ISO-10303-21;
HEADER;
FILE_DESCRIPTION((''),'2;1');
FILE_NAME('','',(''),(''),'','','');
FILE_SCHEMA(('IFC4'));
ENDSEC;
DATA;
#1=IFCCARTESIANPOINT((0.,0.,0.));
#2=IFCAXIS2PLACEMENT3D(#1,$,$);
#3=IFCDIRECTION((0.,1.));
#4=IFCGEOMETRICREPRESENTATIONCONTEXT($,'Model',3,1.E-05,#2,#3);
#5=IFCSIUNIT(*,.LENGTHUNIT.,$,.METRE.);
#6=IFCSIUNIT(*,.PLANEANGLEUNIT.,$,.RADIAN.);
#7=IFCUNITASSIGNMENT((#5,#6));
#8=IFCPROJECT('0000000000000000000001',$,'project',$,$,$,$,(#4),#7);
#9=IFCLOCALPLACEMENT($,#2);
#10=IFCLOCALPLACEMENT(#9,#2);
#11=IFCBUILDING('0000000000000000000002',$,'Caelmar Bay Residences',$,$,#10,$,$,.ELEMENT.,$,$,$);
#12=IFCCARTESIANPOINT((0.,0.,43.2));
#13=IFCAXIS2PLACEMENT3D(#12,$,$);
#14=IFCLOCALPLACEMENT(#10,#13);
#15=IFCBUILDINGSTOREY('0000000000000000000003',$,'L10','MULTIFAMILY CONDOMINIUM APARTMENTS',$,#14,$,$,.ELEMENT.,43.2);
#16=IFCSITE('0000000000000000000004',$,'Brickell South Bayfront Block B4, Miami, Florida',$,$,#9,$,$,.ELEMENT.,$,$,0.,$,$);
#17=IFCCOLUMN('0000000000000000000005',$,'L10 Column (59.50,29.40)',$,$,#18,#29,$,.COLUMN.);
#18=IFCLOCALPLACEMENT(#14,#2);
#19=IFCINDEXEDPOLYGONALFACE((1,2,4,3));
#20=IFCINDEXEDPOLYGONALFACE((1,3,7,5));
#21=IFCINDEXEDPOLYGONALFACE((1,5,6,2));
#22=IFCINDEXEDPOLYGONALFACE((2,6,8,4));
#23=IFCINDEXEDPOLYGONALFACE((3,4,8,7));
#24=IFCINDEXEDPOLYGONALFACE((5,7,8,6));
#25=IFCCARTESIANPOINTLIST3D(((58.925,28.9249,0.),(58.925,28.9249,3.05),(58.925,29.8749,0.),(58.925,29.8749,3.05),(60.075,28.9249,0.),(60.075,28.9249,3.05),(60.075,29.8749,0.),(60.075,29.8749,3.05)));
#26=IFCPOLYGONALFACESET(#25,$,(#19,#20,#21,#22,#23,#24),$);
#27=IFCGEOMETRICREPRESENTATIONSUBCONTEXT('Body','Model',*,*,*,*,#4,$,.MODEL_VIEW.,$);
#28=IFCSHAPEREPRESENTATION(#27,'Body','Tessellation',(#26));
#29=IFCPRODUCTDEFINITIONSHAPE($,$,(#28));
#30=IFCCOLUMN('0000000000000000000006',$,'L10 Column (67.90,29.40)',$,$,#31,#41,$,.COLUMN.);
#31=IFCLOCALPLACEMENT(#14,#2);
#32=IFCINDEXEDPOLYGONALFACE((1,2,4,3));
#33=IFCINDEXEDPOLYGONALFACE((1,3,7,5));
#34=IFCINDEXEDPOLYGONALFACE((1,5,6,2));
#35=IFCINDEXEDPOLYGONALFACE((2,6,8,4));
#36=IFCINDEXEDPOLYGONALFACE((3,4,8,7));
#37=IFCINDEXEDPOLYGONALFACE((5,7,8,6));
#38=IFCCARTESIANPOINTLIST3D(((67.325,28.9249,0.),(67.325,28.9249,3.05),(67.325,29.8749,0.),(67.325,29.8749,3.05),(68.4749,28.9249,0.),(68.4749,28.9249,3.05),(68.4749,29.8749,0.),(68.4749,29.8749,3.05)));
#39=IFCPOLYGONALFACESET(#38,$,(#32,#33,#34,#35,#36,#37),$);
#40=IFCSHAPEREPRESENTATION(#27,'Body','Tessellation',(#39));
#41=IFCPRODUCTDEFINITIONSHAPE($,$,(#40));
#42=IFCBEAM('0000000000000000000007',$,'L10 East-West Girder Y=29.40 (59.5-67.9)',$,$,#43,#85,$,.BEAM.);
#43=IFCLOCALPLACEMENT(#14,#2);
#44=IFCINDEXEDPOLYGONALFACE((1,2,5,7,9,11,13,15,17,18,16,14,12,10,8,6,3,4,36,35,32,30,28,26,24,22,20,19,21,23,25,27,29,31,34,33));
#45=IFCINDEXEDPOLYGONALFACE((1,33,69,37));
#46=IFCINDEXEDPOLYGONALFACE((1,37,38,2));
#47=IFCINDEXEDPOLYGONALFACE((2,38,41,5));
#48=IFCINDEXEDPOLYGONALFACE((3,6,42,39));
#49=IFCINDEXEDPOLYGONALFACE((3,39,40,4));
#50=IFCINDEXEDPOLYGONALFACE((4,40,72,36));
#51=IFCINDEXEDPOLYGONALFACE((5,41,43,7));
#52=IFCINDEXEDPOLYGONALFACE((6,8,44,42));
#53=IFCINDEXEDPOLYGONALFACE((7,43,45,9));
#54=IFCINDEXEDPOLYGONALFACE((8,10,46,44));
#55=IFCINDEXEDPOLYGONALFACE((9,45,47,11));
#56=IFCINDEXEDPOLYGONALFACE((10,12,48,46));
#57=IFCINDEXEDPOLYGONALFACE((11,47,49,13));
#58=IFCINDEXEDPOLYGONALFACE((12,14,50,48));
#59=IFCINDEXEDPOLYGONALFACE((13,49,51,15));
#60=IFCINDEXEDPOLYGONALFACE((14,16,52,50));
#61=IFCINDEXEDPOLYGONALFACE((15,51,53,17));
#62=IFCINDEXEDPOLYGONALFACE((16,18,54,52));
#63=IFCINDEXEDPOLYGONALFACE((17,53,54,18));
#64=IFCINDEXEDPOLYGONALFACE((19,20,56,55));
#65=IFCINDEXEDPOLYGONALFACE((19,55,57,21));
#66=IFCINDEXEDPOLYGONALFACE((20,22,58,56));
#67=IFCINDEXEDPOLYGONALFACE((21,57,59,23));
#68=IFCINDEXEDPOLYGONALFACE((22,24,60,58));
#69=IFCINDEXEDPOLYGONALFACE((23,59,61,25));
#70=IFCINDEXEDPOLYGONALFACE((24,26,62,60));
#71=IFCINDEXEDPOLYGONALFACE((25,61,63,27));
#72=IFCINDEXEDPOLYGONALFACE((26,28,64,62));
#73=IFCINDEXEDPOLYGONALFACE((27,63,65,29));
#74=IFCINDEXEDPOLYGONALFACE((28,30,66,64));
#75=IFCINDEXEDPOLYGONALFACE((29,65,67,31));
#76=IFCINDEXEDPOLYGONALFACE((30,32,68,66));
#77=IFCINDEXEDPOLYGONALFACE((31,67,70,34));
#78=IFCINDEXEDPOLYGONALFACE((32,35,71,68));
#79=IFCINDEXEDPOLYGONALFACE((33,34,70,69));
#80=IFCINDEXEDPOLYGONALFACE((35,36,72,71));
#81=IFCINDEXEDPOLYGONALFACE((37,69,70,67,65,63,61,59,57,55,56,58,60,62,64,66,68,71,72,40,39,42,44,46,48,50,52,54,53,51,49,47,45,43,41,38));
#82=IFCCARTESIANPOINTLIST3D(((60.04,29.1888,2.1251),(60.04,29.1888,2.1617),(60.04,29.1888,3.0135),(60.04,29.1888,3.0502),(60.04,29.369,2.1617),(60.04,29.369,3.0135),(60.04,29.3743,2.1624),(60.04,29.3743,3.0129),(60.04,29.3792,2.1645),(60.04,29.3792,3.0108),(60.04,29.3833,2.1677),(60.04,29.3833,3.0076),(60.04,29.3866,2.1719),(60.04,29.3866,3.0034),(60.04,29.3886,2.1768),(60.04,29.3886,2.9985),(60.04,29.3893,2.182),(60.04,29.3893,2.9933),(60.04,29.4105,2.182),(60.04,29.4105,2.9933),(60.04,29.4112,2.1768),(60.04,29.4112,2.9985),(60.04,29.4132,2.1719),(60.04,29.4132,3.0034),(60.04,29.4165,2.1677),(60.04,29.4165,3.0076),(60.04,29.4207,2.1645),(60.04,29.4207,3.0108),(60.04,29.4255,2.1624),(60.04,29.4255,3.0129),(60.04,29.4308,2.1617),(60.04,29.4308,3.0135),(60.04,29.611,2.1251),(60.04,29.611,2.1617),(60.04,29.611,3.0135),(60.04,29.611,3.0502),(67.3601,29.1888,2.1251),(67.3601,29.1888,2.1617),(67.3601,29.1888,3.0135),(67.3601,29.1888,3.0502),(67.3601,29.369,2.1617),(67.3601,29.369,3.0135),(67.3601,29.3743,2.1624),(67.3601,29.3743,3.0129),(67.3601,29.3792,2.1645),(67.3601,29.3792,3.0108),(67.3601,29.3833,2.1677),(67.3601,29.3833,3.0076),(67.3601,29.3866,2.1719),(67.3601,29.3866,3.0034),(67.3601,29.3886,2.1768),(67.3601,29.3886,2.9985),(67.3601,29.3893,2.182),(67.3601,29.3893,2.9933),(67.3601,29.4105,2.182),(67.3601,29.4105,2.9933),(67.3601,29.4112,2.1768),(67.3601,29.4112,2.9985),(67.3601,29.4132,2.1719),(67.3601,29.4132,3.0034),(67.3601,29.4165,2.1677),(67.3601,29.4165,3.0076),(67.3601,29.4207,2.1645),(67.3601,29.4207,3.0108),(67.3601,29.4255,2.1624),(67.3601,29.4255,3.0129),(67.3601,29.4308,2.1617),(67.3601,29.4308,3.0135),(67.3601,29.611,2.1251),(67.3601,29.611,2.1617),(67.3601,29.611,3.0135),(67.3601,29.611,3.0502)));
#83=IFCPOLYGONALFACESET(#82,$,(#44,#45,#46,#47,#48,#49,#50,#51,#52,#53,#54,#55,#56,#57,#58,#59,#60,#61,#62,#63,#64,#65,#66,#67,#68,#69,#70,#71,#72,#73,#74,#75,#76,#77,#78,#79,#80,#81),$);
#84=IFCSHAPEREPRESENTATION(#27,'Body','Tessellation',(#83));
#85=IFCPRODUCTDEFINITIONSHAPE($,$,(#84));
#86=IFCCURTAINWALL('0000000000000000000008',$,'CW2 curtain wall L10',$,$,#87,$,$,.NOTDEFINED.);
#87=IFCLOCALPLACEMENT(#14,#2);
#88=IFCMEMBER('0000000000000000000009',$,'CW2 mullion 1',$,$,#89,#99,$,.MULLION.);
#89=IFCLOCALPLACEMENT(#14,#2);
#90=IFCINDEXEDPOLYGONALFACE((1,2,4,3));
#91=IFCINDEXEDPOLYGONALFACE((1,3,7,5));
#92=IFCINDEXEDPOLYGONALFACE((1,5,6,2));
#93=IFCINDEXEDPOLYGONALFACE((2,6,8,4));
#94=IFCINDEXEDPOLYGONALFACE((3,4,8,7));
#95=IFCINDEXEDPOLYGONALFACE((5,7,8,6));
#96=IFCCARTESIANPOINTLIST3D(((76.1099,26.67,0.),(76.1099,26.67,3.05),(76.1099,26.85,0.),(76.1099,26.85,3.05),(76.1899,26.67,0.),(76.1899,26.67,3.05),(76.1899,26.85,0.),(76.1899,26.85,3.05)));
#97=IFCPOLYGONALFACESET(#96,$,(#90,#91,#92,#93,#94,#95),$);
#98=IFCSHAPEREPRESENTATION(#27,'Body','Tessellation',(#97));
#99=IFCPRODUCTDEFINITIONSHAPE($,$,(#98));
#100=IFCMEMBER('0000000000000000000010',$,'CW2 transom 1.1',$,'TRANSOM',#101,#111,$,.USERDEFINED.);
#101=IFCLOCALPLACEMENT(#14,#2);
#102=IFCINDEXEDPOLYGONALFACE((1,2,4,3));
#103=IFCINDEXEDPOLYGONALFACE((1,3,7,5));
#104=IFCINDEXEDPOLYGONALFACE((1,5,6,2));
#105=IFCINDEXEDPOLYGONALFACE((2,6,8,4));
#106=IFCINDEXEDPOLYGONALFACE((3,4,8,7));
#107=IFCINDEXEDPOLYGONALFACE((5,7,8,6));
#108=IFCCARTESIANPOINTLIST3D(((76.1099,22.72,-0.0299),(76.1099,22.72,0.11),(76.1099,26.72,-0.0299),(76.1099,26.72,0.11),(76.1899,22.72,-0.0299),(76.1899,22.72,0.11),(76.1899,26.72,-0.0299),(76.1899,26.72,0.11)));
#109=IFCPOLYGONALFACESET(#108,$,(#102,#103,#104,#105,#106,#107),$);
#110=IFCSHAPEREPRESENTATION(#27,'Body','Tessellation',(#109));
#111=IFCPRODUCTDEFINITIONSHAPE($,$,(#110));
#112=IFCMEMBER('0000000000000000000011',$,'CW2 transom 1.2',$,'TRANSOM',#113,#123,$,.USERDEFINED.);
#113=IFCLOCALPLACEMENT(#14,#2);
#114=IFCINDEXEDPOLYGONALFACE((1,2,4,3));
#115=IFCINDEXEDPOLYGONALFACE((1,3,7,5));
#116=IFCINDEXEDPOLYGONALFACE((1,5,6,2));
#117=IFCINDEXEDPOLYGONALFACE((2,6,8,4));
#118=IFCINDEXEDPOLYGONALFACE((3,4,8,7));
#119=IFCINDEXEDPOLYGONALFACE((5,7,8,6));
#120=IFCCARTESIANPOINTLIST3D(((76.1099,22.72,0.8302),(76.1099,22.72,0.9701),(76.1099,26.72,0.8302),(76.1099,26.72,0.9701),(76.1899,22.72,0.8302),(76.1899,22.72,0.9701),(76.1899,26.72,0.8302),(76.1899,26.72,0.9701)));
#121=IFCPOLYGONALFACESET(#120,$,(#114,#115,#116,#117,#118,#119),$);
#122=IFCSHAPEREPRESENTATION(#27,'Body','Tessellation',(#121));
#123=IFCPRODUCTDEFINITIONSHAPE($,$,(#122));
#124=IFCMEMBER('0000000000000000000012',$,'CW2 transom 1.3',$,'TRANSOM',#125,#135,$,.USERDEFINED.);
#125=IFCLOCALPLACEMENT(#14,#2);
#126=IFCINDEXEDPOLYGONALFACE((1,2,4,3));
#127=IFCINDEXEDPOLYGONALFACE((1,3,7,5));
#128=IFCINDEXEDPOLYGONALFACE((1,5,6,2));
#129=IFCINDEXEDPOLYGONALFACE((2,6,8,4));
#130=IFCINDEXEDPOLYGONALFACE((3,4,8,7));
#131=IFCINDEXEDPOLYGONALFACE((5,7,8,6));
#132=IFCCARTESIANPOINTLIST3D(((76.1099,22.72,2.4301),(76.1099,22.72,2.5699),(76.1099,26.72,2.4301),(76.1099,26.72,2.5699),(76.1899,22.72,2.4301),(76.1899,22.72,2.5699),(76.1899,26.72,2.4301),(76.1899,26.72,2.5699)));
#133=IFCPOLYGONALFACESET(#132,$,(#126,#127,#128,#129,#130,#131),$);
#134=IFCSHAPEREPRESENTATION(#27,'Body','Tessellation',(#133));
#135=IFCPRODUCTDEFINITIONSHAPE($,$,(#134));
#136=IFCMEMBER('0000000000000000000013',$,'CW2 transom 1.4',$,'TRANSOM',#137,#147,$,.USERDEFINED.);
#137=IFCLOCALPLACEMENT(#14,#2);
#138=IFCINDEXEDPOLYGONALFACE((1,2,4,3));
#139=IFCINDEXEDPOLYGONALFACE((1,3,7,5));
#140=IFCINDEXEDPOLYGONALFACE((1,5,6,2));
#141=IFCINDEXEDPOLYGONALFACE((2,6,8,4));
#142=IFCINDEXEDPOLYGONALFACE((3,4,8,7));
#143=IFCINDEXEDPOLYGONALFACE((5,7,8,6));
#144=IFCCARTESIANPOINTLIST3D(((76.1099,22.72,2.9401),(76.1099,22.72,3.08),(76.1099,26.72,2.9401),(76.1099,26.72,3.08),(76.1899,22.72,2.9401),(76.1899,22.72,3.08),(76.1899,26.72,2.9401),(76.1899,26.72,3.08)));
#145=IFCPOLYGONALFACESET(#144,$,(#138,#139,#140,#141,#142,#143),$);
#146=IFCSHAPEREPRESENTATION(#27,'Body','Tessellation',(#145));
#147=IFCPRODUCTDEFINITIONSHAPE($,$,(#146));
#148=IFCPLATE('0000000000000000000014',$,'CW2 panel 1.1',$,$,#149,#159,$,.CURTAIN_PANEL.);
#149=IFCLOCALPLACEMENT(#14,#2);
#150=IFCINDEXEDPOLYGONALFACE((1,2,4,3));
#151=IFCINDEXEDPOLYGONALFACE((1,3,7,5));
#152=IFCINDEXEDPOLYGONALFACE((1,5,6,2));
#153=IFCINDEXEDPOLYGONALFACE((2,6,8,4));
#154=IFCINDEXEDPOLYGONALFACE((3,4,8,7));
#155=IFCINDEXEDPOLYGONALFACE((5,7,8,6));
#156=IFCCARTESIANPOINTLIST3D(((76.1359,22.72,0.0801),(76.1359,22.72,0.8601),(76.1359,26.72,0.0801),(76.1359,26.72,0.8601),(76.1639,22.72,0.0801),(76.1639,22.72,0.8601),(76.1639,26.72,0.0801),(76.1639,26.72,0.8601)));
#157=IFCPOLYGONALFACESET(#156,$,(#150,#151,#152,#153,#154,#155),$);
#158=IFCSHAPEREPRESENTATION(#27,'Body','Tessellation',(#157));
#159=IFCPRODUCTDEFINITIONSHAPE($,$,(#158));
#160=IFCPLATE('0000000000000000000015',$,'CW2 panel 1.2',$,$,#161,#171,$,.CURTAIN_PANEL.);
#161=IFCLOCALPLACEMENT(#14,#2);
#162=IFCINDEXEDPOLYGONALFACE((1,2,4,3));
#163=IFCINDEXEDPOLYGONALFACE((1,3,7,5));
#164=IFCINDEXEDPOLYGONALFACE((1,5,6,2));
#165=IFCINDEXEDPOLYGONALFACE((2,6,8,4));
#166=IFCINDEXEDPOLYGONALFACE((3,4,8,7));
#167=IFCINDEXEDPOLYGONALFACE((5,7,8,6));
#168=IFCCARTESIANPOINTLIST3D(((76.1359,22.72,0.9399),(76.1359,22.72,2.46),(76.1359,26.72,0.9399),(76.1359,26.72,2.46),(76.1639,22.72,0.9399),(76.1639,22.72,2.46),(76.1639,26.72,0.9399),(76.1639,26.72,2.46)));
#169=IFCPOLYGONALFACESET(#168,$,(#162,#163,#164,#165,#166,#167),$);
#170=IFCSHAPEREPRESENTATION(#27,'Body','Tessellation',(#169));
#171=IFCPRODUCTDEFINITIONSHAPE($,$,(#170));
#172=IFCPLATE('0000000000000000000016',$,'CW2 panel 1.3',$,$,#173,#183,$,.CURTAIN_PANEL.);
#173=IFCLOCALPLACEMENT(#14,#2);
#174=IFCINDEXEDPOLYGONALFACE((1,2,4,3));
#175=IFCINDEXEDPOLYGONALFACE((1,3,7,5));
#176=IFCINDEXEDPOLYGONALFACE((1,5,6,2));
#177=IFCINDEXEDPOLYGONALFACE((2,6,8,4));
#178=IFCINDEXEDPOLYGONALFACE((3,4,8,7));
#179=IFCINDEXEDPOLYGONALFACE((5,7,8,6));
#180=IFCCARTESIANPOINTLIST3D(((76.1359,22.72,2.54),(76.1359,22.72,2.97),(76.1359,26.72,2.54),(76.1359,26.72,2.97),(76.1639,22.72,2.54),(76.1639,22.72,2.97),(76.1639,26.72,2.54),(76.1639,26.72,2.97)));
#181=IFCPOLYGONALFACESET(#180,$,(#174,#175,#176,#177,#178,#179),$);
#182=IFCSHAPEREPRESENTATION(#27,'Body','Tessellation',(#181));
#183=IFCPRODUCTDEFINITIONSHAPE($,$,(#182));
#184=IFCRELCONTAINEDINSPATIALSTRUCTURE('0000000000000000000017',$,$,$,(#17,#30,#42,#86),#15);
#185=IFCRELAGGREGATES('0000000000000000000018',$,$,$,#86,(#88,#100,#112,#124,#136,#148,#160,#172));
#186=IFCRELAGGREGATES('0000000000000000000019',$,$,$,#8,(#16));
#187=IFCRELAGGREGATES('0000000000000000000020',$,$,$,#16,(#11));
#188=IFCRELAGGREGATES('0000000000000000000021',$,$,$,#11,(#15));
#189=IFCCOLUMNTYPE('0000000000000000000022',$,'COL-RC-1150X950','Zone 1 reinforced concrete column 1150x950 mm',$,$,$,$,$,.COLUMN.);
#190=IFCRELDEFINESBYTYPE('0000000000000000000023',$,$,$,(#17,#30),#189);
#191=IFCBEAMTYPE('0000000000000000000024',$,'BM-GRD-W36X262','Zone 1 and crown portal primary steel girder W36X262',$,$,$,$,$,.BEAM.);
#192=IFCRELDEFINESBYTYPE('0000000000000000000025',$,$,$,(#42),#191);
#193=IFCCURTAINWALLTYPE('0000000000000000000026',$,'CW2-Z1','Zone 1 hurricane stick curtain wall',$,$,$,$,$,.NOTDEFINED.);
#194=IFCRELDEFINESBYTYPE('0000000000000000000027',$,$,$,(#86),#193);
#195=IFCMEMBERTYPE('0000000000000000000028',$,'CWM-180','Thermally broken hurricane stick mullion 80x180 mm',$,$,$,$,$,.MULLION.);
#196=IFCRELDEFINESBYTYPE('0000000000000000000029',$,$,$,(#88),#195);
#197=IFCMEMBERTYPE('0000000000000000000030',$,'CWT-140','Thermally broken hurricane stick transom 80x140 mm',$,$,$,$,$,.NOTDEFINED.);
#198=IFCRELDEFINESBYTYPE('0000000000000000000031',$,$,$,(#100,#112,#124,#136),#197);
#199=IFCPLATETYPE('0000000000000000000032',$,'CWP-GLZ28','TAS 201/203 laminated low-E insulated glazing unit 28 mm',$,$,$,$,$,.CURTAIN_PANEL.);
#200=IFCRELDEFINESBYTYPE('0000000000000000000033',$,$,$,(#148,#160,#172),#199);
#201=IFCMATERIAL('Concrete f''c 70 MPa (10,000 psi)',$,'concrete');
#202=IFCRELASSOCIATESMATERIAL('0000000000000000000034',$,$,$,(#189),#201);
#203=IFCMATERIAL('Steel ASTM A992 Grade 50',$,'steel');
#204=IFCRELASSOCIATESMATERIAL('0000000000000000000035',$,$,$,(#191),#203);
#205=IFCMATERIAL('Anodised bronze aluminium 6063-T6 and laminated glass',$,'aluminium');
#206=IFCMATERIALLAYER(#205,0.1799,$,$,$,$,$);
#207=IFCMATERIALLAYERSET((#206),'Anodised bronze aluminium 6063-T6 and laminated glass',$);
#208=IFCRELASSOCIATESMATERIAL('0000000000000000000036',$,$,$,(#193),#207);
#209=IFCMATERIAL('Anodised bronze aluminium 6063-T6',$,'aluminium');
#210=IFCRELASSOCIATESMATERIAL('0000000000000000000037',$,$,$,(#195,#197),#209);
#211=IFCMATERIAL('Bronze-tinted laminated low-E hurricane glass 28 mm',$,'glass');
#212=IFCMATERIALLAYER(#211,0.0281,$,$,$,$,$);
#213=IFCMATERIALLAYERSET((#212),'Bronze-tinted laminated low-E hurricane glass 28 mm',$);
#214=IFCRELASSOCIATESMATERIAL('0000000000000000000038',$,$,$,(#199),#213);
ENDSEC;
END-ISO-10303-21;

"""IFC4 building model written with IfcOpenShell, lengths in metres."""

from ifc_helpers import new_model, si_unit, direction, frame, origin, origin_2d, place, context, subcontext, project, spatial, rectangle, i_section, extrude, material, layer, layer_set, material_profile, profile_set, type_object, element, aggregate, save


model = new_model("IFC4")

# Units and contexts
model_context = context("Model", 3, precision=1e-05, world=origin(), true_north=direction((0.0, 1.0)))
body_context = subcontext(model_context, "Body", "Model", "MODEL_VIEW")
ifc_project = project(units=[si_unit("LENGTHUNIT", "METRE"), si_unit("PLANEANGLEUNIT", "RADIAN")], contexts=[model_context])

# Site, building, storey
site_placement = place(None, origin())
site = spatial("IfcSite", under=ifc_project, at=site_placement, Name="Brickell South Bayfront Block B4, Miami, Florida", CompositionType="ELEMENT", RefElevation=0.0)
building_placement = place(site_placement, origin())
building = spatial("IfcBuilding", under=site, at=building_placement, Name="Caelmar Bay Residences", CompositionType="ELEMENT")
storey_placement = place(building_placement, frame((0.0, 0.0, 43.2)))
storey = spatial("IfcBuildingStorey", under=building, at=storey_placement, Name="L10", Description="MULTIFAMILY CONDOMINIUM APARTMENTS", CompositionType="ELEMENT", Elevation=43.2)

# Columns
ifc_material_1 = material(Name="Concrete f'c 70 MPa (10,000 psi)", Category="concrete")
ifc_material_profile_1 = material_profile(ifc_material_1, rectangle(XDim=1.1499, YDim=0.95, at=origin_2d()), Name="RC-COL-1150X950")
ifc_profile_set_1 = profile_set([ifc_material_profile_1], Name="Concrete f'c 70 MPa (10,000 psi)")
column_type = type_object("IfcColumnType", Name="COL-RC-1150X950", Description="Zone 1 reinforced concrete column 1150x950 mm", PredefinedType="COLUMN", material=ifc_profile_set_1)
for number, where, z_axis, x_axis, name in (
    (1, (59.5, 29.3999, 0.0), (0.0, 0.0, 1.0), (1.0, 0.0, 0.0), "L10 Column (59.50,29.40)"),
    (2, (67.8999, 29.3999, 0.0), (0.0, 0.0, 1.0), (1.0, 0.0, 0.0), "L10 Column (67.90,29.40)"),
):
    element("IfcColumn", number, at=place(storey_placement, frame(where, z_axis=z_axis, x_axis=x_axis)), inside=storey, type_object=column_type, Name=name, PredefinedType="COLUMN", context=body_context, shape_type="SweptSolid", body=[
        extrude(rectangle(XDim=1.1499, YDim=0.95, at=origin_2d()), origin(), (0.0, 0.0, 1.0), 3.05),
    ])

# Beam
ifc_material_2 = material(Name="Steel ASTM A992 Grade 50", Category="steel")
ifc_material_profile_2 = material_profile(ifc_material_2, i_section(OverallWidth=0.4221, OverallDepth=0.925, WebThickness=0.0212, FlangeThickness=0.0366, FilletRadius=0.0203, at=origin_2d()), Name="W36X262")
ifc_profile_set_2 = profile_set([ifc_material_profile_2], Name="Steel ASTM A992 Grade 50")
beam_type = type_object("IfcBeamType", Name="BM-GRD-W36X262", Description="Zone 1 and crown portal primary steel girder W36X262", PredefinedType="BEAM", material=ifc_profile_set_2)
beam_placement = place(storey_placement, frame((60.04, 29.3999, 2.5876), z_axis=(1.0, 0.0, 0.0), x_axis=(0.0, 1.0, 0.0)))
element("IfcBeam", 3, at=beam_placement, inside=storey, type_object=beam_type, Name="L10 East-West Girder Y=29.40 (59.5-67.9)", PredefinedType="BEAM", context=body_context, shape_type="SweptSolid", body=[
    extrude(i_section(OverallWidth=0.4221, OverallDepth=0.925, WebThickness=0.0212, FlangeThickness=0.0366, FilletRadius=0.0203, at=origin_2d()), origin(), (0.0, 0.0, 1.0), 7.3201),
])

# Curtain wall, members, plates
ifc_material_3 = material(Name="Anodised bronze aluminium 6063-T6 and laminated glass", Category="aluminium")
ifc_layer_1 = layer(ifc_material_3, 0.1799)
ifc_layer_set_1 = layer_set([ifc_layer_1], Name="Anodised bronze aluminium 6063-T6 and laminated glass")
curtain_wall_type = type_object("IfcCurtainWallType", Name="CW2-Z1", Description="Zone 1 hurricane stick curtain wall", PredefinedType="NOTDEFINED", material=ifc_layer_set_1)
curtain_wall_placement = place(storey_placement, origin())
curtain_wall = element("IfcCurtainWall", 4, at=curtain_wall_placement, inside=storey, type_object=curtain_wall_type, Name="CW2 curtain wall L10", PredefinedType="NOTDEFINED")
ifc_material_4 = material(Name="Anodised bronze aluminium 6063-T6", Category="aluminium")
ifc_material_profile_3 = material_profile(ifc_material_4, rectangle(XDim=0.0801, YDim=0.1799, at=origin_2d()), Name="CWM-80X180")
ifc_profile_set_3 = profile_set([ifc_material_profile_3], Name="Anodised bronze aluminium 6063-T6")
member_type_1 = type_object("IfcMemberType", Name="CWM-180", Description="Thermally broken hurricane stick mullion 80x180 mm", PredefinedType="MULLION", material=ifc_profile_set_3)
member_1_placement = place(storey_placement, frame((76.1499, 26.76, 0.0), z_axis=(0.0, 0.0, 1.0), x_axis=(1.0, 0.0, 0.0)))
member_1 = element("IfcMember", 5, at=member_1_placement, type_object=member_type_1, Name="CW2 mullion 1", PredefinedType="MULLION", context=body_context, shape_type="SweptSolid", body=[
    extrude(rectangle(XDim=0.0801, YDim=0.1799, at=origin_2d()), origin(), (0.0, 0.0, 1.0), 3.05),
])
ifc_material_profile_4 = material_profile(ifc_material_4, rectangle(XDim=0.0801, YDim=0.1399, at=origin_2d()), Name="CWT-80X140")
ifc_profile_set_4 = profile_set([ifc_material_profile_4], Name="Anodised bronze aluminium 6063-T6")
member_type_2 = type_object("IfcMemberType", Name="CWT-140", Description="Thermally broken hurricane stick transom 80x140 mm", PredefinedType="NOTDEFINED", material=ifc_profile_set_4)
member_2_placement = place(storey_placement, frame((76.1499, 26.72, 0.04), z_axis=(0.0, -1.0, 0.0), x_axis=(1.0, 0.0, 0.0)))
member_2 = element("IfcMember", 6, at=member_2_placement, type_object=member_type_2, Name="CW2 transom 1.1", ObjectType="TRANSOM", PredefinedType="USERDEFINED", context=body_context, shape_type="SweptSolid", body=[
    extrude(rectangle(XDim=0.0801, YDim=0.1399, at=origin_2d()), origin(), (0.0, 0.0, 1.0), 4.0),
])
member_3_placement = place(storey_placement, frame((76.1499, 26.72, 0.9001), z_axis=(0.0, -1.0, 0.0), x_axis=(1.0, 0.0, 0.0)))
member_3 = element("IfcMember", 7, at=member_3_placement, type_object=member_type_2, Name="CW2 transom 1.2", ObjectType="TRANSOM", PredefinedType="USERDEFINED", context=body_context, shape_type="SweptSolid", body=[
    extrude(rectangle(XDim=0.0801, YDim=0.1399, at=origin_2d()), origin(), (0.0, 0.0, 1.0), 4.0),
])
member_4_placement = place(storey_placement, frame((76.1499, 26.72, 2.5), z_axis=(0.0, -1.0, 0.0), x_axis=(1.0, 0.0, 0.0)))
member_4 = element("IfcMember", 8, at=member_4_placement, type_object=member_type_2, Name="CW2 transom 1.3", ObjectType="TRANSOM", PredefinedType="USERDEFINED", context=body_context, shape_type="SweptSolid", body=[
    extrude(rectangle(XDim=0.0801, YDim=0.1399, at=origin_2d()), origin(), (0.0, 0.0, 1.0), 4.0),
])
member_5_placement = place(storey_placement, frame((76.1499, 26.72, 3.01), z_axis=(0.0, -1.0, 0.0), x_axis=(1.0, 0.0, 0.0)))
member_5 = element("IfcMember", 9, at=member_5_placement, type_object=member_type_2, Name="CW2 transom 1.4", ObjectType="TRANSOM", PredefinedType="USERDEFINED", context=body_context, shape_type="SweptSolid", body=[
    extrude(rectangle(XDim=0.0801, YDim=0.1399, at=origin_2d()), origin(), (0.0, 0.0, 1.0), 4.0),
])
ifc_material_5 = material(Name="Bronze-tinted laminated low-E hurricane glass 28 mm", Category="glass")
ifc_layer_2 = layer(ifc_material_5, 0.0281)
ifc_layer_set_2 = layer_set([ifc_layer_2], Name="Bronze-tinted laminated low-E hurricane glass 28 mm")
plate_type = type_object("IfcPlateType", Name="CWP-GLZ28", Description="TAS 201/203 laminated low-E insulated glazing unit 28 mm", PredefinedType="CURTAIN_PANEL", material=ifc_layer_set_2)
plate_1_placement = place(storey_placement, frame((76.1499, 24.72, 0.0801), z_axis=(0.0, 0.0, 1.0), x_axis=(0.0, -1.0, 0.0)))
plate_1 = element("IfcPlate", 10, at=plate_1_placement, type_object=plate_type, Name="CW2 panel 1.1", PredefinedType="CURTAIN_PANEL", context=body_context, shape_type="SweptSolid", body=[
    extrude(rectangle(XDim=4.0, YDim=0.0281, at=origin_2d()), origin(), (0.0, 0.0, 1.0), 0.78),
])
plate_2_placement = place(storey_placement, frame((76.1499, 24.72, 0.9399), z_axis=(0.0, 0.0, 1.0), x_axis=(0.0, -1.0, 0.0)))
plate_2 = element("IfcPlate", 11, at=plate_2_placement, type_object=plate_type, Name="CW2 panel 1.2", PredefinedType="CURTAIN_PANEL", context=body_context, shape_type="SweptSolid", body=[
    extrude(rectangle(XDim=4.0, YDim=0.0281, at=origin_2d()), origin(), (0.0, 0.0, 1.0), 1.52),
])
plate_3_placement = place(storey_placement, frame((76.1499, 24.72, 2.54), z_axis=(0.0, 0.0, 1.0), x_axis=(0.0, -1.0, 0.0)))
plate_3 = element("IfcPlate", 12, at=plate_3_placement, type_object=plate_type, Name="CW2 panel 1.3", PredefinedType="CURTAIN_PANEL", context=body_context, shape_type="SweptSolid", body=[
    extrude(rectangle(XDim=4.0, YDim=0.0281, at=origin_2d()), origin(), (0.0, 0.0, 1.0), 0.4299),
])
aggregate(curtain_wall, [member_1, member_2, member_3, member_4, member_5, plate_1, plate_2, plate_3])

save(model, "model.ifc")
